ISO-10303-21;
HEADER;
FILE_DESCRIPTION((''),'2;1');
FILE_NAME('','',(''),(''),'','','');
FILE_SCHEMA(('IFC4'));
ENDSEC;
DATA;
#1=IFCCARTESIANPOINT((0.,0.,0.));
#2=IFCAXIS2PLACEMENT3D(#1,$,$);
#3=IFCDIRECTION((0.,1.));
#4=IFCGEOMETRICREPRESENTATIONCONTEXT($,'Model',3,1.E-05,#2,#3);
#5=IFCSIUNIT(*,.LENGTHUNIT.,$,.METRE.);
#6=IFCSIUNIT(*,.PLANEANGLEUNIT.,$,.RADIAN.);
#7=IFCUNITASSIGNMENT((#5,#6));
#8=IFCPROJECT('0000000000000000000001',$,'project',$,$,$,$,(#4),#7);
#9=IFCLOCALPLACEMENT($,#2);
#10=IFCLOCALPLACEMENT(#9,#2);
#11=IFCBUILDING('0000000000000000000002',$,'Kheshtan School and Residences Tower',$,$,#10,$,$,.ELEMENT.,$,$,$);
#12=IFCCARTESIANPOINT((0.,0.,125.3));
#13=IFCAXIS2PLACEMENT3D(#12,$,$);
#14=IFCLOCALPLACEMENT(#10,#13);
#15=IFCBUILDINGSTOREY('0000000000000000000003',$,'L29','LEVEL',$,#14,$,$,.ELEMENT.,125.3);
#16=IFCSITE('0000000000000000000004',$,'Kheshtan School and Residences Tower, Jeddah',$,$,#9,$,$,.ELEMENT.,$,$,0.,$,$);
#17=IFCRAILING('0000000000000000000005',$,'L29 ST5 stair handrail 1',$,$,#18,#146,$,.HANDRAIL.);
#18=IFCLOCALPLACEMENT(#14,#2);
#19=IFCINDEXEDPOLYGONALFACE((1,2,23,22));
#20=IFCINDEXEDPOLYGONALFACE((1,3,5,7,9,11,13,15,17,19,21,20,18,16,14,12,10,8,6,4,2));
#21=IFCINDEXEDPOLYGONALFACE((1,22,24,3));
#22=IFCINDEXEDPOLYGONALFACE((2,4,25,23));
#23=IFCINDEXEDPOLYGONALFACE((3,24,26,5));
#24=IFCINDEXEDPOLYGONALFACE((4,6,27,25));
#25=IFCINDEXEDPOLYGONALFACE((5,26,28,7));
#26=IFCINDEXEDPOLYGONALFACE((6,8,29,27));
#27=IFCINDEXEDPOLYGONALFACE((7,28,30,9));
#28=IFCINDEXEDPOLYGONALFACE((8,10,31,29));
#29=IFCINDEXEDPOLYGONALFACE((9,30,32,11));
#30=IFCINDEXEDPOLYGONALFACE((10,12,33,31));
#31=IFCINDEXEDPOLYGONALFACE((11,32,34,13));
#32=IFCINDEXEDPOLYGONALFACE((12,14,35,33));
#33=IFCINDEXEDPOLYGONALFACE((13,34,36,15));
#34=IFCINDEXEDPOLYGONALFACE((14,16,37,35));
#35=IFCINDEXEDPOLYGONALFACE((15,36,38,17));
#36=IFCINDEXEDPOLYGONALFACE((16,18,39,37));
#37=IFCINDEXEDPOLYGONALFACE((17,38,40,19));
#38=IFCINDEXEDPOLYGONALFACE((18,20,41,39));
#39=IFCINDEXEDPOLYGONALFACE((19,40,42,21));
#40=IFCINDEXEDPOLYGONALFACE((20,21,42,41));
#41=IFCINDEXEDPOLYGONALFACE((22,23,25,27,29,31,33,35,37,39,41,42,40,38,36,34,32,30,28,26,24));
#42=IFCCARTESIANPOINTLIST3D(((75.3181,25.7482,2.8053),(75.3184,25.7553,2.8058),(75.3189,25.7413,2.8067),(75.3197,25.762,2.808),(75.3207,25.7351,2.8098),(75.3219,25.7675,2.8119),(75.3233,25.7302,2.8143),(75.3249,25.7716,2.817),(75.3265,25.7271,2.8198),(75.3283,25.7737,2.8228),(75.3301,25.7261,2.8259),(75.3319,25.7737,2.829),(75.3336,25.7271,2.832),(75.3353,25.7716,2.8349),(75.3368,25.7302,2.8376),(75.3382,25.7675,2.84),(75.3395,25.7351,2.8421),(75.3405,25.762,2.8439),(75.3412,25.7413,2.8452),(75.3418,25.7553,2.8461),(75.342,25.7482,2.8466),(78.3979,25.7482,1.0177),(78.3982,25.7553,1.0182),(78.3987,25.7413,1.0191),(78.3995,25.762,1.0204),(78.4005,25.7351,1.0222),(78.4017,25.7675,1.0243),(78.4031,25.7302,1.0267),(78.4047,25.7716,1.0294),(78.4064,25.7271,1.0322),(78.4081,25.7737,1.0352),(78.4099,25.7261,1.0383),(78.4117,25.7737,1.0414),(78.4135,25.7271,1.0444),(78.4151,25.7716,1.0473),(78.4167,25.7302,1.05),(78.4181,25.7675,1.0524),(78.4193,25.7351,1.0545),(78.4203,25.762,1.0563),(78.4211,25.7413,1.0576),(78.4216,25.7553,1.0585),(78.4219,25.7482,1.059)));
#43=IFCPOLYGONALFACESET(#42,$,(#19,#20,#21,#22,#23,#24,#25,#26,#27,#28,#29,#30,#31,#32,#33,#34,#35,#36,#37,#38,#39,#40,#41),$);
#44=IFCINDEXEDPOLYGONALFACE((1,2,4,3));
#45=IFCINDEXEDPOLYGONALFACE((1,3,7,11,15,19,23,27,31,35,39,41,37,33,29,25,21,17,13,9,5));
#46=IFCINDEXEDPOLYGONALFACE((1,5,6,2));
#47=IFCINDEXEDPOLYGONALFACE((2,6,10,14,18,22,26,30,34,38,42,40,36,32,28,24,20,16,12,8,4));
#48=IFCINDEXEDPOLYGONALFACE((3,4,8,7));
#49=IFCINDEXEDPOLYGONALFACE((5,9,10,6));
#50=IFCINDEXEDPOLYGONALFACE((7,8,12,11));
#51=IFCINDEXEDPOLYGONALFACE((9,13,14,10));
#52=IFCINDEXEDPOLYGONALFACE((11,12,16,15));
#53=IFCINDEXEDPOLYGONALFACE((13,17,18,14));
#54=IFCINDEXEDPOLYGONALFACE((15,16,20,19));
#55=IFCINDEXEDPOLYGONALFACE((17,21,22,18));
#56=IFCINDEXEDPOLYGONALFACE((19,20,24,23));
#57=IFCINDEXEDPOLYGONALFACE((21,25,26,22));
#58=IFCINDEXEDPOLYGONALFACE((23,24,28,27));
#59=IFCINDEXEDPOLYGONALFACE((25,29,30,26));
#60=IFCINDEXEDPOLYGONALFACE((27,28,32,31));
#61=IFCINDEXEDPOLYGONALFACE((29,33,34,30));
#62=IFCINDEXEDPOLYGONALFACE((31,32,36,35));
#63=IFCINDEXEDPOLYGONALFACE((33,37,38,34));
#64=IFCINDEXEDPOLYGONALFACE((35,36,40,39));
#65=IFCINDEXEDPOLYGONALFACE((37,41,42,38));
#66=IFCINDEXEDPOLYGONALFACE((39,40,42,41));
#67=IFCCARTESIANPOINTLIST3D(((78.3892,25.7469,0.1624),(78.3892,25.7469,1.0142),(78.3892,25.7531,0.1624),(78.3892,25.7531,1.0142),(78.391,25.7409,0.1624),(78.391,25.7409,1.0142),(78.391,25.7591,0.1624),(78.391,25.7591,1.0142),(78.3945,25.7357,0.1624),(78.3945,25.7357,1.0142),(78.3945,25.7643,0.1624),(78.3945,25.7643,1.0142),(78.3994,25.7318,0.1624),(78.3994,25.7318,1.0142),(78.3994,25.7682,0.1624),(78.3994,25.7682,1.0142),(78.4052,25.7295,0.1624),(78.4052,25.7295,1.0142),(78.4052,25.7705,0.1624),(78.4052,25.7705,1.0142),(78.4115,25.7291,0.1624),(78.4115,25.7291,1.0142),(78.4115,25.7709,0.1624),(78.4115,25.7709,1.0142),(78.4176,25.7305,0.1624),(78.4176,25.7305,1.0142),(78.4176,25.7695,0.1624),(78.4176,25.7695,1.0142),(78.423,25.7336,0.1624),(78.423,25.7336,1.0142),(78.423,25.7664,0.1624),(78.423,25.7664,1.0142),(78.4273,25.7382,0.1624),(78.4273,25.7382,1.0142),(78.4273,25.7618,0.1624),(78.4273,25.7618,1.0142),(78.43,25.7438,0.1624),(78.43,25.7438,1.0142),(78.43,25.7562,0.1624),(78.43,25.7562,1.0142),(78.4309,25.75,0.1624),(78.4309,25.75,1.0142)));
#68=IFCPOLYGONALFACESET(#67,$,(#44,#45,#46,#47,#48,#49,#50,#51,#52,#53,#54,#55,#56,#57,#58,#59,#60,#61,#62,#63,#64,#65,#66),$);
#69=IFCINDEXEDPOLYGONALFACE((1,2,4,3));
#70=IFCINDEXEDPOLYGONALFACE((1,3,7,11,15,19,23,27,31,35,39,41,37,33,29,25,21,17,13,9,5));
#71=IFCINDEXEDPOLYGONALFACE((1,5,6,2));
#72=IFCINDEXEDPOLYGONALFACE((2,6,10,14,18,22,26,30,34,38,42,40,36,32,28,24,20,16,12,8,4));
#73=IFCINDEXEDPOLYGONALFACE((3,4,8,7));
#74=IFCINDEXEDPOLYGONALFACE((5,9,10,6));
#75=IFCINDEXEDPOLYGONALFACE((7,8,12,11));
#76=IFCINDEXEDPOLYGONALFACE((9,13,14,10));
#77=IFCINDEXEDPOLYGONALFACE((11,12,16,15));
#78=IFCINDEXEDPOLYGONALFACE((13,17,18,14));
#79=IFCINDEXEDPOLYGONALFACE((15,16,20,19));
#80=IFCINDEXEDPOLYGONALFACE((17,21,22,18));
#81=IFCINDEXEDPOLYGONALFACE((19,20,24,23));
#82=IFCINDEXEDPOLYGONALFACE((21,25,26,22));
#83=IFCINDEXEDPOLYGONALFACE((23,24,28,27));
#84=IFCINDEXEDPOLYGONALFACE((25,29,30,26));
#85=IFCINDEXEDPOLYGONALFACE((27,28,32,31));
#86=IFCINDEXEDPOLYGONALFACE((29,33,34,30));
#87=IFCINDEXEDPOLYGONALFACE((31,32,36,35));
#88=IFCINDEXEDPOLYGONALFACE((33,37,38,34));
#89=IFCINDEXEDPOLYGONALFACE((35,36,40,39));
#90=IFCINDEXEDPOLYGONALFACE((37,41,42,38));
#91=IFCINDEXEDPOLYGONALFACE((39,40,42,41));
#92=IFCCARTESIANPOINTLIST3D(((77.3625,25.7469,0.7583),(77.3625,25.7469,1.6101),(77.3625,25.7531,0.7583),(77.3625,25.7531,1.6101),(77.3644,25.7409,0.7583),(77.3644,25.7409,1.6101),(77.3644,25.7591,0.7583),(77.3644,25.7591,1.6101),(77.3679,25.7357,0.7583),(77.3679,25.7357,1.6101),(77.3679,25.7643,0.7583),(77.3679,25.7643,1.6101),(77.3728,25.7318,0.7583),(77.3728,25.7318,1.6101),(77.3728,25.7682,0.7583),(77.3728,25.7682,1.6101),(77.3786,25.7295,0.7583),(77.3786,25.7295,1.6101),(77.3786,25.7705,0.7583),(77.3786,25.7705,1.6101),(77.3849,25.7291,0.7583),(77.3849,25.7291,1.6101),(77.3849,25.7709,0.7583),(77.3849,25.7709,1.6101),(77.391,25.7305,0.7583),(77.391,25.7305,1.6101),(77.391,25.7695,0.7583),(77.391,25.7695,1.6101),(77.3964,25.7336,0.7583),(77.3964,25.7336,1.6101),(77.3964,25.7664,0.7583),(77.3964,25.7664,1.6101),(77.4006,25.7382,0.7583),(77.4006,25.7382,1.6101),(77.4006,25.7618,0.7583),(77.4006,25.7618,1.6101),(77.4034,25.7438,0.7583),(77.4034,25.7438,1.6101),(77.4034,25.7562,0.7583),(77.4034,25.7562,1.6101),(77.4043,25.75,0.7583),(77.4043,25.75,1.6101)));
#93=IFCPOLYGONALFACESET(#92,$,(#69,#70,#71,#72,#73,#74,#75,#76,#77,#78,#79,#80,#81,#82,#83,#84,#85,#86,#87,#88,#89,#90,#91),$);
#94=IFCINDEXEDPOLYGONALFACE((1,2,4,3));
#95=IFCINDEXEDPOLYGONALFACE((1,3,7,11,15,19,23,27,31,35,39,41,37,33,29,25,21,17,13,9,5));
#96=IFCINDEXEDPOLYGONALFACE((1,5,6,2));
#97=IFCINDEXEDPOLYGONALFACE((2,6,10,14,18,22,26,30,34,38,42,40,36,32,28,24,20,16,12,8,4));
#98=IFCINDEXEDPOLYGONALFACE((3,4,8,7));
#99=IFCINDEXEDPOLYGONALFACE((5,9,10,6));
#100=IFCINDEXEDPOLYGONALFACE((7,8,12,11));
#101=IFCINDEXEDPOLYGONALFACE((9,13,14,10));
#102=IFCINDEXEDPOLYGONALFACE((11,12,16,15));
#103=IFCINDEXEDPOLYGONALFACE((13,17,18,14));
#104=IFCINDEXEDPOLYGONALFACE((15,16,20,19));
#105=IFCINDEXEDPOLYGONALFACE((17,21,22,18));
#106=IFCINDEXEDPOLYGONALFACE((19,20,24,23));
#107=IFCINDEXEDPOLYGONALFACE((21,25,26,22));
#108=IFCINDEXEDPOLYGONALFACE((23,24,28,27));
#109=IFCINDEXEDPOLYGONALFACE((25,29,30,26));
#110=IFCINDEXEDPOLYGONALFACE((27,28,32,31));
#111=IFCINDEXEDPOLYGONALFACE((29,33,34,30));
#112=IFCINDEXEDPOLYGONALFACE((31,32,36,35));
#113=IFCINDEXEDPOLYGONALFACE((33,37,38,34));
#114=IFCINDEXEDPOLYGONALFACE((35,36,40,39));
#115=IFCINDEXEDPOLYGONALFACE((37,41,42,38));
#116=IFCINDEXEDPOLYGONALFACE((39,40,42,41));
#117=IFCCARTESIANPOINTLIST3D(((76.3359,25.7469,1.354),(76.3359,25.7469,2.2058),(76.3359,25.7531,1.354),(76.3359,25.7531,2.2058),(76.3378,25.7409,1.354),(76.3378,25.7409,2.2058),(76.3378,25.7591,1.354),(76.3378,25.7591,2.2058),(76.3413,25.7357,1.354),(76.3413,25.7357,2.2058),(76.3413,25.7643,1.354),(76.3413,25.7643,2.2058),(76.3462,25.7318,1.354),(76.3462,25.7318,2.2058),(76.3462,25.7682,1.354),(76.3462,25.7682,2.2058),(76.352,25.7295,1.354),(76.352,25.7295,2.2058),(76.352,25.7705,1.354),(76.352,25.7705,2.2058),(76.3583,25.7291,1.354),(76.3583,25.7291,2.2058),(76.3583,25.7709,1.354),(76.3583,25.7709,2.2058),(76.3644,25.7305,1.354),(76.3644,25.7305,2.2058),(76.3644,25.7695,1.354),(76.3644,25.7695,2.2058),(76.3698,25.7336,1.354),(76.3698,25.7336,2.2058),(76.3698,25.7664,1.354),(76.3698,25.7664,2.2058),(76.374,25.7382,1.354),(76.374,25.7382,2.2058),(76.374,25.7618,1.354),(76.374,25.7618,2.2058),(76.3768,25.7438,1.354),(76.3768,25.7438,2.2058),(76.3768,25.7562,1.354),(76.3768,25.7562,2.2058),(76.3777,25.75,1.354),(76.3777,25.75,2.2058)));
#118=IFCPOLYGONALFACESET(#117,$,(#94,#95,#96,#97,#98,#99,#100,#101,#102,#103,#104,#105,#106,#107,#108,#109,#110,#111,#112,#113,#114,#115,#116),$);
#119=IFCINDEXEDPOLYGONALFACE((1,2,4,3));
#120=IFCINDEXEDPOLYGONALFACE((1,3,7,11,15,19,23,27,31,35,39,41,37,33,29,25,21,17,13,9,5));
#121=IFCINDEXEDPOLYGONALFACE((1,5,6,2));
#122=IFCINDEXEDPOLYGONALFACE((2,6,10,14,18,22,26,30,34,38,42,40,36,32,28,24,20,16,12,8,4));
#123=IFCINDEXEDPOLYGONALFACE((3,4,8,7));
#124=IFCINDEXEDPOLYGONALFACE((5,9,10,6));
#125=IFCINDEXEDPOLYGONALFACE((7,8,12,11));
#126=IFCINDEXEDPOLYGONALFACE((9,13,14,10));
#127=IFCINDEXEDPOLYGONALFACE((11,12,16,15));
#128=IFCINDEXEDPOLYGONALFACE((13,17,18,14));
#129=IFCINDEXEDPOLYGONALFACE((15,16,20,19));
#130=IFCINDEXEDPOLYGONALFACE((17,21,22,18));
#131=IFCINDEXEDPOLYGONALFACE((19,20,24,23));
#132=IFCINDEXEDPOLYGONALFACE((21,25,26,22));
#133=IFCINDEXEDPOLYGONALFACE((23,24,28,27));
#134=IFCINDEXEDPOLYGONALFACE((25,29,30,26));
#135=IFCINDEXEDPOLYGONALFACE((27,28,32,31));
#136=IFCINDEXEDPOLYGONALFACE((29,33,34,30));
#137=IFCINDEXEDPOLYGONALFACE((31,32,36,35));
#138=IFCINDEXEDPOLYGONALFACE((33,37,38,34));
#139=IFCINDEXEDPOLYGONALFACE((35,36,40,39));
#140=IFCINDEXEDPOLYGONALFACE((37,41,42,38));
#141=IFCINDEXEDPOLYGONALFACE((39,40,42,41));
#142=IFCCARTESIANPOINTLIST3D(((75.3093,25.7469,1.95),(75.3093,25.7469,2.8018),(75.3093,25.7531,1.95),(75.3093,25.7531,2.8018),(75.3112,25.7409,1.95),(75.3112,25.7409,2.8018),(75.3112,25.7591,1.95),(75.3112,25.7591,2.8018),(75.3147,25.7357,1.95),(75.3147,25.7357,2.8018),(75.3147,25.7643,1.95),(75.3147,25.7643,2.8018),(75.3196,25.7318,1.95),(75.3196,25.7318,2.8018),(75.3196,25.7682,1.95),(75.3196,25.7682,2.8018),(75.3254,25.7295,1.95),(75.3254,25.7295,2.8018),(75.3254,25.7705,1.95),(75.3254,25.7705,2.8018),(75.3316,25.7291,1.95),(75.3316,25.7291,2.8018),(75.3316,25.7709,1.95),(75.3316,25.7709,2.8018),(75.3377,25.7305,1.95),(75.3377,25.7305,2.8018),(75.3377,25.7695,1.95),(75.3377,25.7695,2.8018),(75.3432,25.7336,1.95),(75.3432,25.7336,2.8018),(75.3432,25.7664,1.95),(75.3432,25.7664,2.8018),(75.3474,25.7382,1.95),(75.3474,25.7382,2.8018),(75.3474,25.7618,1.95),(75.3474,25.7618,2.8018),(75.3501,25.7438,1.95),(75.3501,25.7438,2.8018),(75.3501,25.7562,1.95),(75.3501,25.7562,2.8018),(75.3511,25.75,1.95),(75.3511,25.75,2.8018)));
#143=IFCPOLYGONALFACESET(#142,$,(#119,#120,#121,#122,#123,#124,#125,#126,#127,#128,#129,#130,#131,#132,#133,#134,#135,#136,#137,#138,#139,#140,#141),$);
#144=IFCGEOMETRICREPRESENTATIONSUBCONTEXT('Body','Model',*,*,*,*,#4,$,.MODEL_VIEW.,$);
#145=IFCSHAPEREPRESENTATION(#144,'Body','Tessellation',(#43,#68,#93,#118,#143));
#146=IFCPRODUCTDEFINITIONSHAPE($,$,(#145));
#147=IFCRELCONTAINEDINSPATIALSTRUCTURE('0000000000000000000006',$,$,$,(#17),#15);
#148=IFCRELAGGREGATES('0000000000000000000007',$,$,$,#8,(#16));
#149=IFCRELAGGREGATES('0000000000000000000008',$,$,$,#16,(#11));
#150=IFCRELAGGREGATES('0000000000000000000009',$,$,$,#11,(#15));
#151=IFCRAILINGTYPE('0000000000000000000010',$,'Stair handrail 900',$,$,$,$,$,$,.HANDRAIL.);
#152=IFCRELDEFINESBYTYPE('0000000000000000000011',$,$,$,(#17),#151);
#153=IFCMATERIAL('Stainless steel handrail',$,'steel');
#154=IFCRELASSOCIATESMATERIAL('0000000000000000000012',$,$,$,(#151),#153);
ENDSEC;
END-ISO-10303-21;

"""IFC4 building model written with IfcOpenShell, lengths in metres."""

from ifc_helpers import new_model, si_unit, direction, frame, origin, origin_2d, place, context, subcontext, project, spatial, circle, extrude, material, type_object, element, save


model = new_model("IFC4")

# Units and contexts
model_context = context("Model", 3, precision=1e-05, world=origin(), true_north=direction((0.0, 1.0)))
body_context = subcontext(model_context, "Body", "Model", "MODEL_VIEW")
ifc_project = project(units=[si_unit("LENGTHUNIT", "METRE"), si_unit("PLANEANGLEUNIT", "RADIAN")], contexts=[model_context])

# Site, building, storey
site_placement = place(None, origin())
site = spatial("IfcSite", under=ifc_project, at=site_placement, Name="Kheshtan School and Residences Tower, Jeddah", CompositionType="ELEMENT", RefElevation=0.0)
building_placement = place(site_placement, origin())
building = spatial("IfcBuilding", under=site, at=building_placement, Name="Kheshtan School and Residences Tower", CompositionType="ELEMENT")
storey_placement = place(building_placement, frame((0.0, 0.0, 125.3)))
storey = spatial("IfcBuildingStorey", under=building, at=storey_placement, Name="L29", Description="LEVEL", CompositionType="ELEMENT", Elevation=125.3)

# Railing
ifc_material_1 = material(Name="Stainless steel handrail", Category="steel")
railing_type_1 = type_object("IfcRailingType", Name="Stair handrail 900", PredefinedType="HANDRAIL", material=ifc_material_1)
railing_1_placement = place(storey_placement, frame((78.4099, 25.75, 0.1624)))
element("IfcRailing", 1, at=railing_1_placement, inside=storey, type_object=railing_type_1, Name="L29 ST5 stair handrail 1", PredefinedType="HANDRAIL", context=body_context, shape_type="SweptSolid", body=[
    extrude(circle(Radius=0.0239, at=origin_2d()), frame((0.0, 0.0, 0.876), z_axis=(-0.864873, 0.0, 0.50199), x_axis=(0.0, -1.0, 0.0)), (0.0, 0.0, 1.0), 3.561),
    extrude(circle(Radius=0.021, at=origin_2d()), origin(), (0.0, 0.0, 1.0), 0.8518),
    extrude(circle(Radius=0.021, at=origin_2d()), frame((-1.0266, 0.0, 0.5959)), (0.0, 0.0, 1.0), 0.8518),
    extrude(circle(Radius=0.021, at=origin_2d()), frame((-2.0532, 0.0, 1.1917)), (0.0, 0.0, 1.0), 0.8518),
    extrude(circle(Radius=0.021, at=origin_2d()), frame((-3.0798, 0.0, 1.7876)), (0.0, 0.0, 1.0), 0.8518),
])

save(model, "model.ifc")
